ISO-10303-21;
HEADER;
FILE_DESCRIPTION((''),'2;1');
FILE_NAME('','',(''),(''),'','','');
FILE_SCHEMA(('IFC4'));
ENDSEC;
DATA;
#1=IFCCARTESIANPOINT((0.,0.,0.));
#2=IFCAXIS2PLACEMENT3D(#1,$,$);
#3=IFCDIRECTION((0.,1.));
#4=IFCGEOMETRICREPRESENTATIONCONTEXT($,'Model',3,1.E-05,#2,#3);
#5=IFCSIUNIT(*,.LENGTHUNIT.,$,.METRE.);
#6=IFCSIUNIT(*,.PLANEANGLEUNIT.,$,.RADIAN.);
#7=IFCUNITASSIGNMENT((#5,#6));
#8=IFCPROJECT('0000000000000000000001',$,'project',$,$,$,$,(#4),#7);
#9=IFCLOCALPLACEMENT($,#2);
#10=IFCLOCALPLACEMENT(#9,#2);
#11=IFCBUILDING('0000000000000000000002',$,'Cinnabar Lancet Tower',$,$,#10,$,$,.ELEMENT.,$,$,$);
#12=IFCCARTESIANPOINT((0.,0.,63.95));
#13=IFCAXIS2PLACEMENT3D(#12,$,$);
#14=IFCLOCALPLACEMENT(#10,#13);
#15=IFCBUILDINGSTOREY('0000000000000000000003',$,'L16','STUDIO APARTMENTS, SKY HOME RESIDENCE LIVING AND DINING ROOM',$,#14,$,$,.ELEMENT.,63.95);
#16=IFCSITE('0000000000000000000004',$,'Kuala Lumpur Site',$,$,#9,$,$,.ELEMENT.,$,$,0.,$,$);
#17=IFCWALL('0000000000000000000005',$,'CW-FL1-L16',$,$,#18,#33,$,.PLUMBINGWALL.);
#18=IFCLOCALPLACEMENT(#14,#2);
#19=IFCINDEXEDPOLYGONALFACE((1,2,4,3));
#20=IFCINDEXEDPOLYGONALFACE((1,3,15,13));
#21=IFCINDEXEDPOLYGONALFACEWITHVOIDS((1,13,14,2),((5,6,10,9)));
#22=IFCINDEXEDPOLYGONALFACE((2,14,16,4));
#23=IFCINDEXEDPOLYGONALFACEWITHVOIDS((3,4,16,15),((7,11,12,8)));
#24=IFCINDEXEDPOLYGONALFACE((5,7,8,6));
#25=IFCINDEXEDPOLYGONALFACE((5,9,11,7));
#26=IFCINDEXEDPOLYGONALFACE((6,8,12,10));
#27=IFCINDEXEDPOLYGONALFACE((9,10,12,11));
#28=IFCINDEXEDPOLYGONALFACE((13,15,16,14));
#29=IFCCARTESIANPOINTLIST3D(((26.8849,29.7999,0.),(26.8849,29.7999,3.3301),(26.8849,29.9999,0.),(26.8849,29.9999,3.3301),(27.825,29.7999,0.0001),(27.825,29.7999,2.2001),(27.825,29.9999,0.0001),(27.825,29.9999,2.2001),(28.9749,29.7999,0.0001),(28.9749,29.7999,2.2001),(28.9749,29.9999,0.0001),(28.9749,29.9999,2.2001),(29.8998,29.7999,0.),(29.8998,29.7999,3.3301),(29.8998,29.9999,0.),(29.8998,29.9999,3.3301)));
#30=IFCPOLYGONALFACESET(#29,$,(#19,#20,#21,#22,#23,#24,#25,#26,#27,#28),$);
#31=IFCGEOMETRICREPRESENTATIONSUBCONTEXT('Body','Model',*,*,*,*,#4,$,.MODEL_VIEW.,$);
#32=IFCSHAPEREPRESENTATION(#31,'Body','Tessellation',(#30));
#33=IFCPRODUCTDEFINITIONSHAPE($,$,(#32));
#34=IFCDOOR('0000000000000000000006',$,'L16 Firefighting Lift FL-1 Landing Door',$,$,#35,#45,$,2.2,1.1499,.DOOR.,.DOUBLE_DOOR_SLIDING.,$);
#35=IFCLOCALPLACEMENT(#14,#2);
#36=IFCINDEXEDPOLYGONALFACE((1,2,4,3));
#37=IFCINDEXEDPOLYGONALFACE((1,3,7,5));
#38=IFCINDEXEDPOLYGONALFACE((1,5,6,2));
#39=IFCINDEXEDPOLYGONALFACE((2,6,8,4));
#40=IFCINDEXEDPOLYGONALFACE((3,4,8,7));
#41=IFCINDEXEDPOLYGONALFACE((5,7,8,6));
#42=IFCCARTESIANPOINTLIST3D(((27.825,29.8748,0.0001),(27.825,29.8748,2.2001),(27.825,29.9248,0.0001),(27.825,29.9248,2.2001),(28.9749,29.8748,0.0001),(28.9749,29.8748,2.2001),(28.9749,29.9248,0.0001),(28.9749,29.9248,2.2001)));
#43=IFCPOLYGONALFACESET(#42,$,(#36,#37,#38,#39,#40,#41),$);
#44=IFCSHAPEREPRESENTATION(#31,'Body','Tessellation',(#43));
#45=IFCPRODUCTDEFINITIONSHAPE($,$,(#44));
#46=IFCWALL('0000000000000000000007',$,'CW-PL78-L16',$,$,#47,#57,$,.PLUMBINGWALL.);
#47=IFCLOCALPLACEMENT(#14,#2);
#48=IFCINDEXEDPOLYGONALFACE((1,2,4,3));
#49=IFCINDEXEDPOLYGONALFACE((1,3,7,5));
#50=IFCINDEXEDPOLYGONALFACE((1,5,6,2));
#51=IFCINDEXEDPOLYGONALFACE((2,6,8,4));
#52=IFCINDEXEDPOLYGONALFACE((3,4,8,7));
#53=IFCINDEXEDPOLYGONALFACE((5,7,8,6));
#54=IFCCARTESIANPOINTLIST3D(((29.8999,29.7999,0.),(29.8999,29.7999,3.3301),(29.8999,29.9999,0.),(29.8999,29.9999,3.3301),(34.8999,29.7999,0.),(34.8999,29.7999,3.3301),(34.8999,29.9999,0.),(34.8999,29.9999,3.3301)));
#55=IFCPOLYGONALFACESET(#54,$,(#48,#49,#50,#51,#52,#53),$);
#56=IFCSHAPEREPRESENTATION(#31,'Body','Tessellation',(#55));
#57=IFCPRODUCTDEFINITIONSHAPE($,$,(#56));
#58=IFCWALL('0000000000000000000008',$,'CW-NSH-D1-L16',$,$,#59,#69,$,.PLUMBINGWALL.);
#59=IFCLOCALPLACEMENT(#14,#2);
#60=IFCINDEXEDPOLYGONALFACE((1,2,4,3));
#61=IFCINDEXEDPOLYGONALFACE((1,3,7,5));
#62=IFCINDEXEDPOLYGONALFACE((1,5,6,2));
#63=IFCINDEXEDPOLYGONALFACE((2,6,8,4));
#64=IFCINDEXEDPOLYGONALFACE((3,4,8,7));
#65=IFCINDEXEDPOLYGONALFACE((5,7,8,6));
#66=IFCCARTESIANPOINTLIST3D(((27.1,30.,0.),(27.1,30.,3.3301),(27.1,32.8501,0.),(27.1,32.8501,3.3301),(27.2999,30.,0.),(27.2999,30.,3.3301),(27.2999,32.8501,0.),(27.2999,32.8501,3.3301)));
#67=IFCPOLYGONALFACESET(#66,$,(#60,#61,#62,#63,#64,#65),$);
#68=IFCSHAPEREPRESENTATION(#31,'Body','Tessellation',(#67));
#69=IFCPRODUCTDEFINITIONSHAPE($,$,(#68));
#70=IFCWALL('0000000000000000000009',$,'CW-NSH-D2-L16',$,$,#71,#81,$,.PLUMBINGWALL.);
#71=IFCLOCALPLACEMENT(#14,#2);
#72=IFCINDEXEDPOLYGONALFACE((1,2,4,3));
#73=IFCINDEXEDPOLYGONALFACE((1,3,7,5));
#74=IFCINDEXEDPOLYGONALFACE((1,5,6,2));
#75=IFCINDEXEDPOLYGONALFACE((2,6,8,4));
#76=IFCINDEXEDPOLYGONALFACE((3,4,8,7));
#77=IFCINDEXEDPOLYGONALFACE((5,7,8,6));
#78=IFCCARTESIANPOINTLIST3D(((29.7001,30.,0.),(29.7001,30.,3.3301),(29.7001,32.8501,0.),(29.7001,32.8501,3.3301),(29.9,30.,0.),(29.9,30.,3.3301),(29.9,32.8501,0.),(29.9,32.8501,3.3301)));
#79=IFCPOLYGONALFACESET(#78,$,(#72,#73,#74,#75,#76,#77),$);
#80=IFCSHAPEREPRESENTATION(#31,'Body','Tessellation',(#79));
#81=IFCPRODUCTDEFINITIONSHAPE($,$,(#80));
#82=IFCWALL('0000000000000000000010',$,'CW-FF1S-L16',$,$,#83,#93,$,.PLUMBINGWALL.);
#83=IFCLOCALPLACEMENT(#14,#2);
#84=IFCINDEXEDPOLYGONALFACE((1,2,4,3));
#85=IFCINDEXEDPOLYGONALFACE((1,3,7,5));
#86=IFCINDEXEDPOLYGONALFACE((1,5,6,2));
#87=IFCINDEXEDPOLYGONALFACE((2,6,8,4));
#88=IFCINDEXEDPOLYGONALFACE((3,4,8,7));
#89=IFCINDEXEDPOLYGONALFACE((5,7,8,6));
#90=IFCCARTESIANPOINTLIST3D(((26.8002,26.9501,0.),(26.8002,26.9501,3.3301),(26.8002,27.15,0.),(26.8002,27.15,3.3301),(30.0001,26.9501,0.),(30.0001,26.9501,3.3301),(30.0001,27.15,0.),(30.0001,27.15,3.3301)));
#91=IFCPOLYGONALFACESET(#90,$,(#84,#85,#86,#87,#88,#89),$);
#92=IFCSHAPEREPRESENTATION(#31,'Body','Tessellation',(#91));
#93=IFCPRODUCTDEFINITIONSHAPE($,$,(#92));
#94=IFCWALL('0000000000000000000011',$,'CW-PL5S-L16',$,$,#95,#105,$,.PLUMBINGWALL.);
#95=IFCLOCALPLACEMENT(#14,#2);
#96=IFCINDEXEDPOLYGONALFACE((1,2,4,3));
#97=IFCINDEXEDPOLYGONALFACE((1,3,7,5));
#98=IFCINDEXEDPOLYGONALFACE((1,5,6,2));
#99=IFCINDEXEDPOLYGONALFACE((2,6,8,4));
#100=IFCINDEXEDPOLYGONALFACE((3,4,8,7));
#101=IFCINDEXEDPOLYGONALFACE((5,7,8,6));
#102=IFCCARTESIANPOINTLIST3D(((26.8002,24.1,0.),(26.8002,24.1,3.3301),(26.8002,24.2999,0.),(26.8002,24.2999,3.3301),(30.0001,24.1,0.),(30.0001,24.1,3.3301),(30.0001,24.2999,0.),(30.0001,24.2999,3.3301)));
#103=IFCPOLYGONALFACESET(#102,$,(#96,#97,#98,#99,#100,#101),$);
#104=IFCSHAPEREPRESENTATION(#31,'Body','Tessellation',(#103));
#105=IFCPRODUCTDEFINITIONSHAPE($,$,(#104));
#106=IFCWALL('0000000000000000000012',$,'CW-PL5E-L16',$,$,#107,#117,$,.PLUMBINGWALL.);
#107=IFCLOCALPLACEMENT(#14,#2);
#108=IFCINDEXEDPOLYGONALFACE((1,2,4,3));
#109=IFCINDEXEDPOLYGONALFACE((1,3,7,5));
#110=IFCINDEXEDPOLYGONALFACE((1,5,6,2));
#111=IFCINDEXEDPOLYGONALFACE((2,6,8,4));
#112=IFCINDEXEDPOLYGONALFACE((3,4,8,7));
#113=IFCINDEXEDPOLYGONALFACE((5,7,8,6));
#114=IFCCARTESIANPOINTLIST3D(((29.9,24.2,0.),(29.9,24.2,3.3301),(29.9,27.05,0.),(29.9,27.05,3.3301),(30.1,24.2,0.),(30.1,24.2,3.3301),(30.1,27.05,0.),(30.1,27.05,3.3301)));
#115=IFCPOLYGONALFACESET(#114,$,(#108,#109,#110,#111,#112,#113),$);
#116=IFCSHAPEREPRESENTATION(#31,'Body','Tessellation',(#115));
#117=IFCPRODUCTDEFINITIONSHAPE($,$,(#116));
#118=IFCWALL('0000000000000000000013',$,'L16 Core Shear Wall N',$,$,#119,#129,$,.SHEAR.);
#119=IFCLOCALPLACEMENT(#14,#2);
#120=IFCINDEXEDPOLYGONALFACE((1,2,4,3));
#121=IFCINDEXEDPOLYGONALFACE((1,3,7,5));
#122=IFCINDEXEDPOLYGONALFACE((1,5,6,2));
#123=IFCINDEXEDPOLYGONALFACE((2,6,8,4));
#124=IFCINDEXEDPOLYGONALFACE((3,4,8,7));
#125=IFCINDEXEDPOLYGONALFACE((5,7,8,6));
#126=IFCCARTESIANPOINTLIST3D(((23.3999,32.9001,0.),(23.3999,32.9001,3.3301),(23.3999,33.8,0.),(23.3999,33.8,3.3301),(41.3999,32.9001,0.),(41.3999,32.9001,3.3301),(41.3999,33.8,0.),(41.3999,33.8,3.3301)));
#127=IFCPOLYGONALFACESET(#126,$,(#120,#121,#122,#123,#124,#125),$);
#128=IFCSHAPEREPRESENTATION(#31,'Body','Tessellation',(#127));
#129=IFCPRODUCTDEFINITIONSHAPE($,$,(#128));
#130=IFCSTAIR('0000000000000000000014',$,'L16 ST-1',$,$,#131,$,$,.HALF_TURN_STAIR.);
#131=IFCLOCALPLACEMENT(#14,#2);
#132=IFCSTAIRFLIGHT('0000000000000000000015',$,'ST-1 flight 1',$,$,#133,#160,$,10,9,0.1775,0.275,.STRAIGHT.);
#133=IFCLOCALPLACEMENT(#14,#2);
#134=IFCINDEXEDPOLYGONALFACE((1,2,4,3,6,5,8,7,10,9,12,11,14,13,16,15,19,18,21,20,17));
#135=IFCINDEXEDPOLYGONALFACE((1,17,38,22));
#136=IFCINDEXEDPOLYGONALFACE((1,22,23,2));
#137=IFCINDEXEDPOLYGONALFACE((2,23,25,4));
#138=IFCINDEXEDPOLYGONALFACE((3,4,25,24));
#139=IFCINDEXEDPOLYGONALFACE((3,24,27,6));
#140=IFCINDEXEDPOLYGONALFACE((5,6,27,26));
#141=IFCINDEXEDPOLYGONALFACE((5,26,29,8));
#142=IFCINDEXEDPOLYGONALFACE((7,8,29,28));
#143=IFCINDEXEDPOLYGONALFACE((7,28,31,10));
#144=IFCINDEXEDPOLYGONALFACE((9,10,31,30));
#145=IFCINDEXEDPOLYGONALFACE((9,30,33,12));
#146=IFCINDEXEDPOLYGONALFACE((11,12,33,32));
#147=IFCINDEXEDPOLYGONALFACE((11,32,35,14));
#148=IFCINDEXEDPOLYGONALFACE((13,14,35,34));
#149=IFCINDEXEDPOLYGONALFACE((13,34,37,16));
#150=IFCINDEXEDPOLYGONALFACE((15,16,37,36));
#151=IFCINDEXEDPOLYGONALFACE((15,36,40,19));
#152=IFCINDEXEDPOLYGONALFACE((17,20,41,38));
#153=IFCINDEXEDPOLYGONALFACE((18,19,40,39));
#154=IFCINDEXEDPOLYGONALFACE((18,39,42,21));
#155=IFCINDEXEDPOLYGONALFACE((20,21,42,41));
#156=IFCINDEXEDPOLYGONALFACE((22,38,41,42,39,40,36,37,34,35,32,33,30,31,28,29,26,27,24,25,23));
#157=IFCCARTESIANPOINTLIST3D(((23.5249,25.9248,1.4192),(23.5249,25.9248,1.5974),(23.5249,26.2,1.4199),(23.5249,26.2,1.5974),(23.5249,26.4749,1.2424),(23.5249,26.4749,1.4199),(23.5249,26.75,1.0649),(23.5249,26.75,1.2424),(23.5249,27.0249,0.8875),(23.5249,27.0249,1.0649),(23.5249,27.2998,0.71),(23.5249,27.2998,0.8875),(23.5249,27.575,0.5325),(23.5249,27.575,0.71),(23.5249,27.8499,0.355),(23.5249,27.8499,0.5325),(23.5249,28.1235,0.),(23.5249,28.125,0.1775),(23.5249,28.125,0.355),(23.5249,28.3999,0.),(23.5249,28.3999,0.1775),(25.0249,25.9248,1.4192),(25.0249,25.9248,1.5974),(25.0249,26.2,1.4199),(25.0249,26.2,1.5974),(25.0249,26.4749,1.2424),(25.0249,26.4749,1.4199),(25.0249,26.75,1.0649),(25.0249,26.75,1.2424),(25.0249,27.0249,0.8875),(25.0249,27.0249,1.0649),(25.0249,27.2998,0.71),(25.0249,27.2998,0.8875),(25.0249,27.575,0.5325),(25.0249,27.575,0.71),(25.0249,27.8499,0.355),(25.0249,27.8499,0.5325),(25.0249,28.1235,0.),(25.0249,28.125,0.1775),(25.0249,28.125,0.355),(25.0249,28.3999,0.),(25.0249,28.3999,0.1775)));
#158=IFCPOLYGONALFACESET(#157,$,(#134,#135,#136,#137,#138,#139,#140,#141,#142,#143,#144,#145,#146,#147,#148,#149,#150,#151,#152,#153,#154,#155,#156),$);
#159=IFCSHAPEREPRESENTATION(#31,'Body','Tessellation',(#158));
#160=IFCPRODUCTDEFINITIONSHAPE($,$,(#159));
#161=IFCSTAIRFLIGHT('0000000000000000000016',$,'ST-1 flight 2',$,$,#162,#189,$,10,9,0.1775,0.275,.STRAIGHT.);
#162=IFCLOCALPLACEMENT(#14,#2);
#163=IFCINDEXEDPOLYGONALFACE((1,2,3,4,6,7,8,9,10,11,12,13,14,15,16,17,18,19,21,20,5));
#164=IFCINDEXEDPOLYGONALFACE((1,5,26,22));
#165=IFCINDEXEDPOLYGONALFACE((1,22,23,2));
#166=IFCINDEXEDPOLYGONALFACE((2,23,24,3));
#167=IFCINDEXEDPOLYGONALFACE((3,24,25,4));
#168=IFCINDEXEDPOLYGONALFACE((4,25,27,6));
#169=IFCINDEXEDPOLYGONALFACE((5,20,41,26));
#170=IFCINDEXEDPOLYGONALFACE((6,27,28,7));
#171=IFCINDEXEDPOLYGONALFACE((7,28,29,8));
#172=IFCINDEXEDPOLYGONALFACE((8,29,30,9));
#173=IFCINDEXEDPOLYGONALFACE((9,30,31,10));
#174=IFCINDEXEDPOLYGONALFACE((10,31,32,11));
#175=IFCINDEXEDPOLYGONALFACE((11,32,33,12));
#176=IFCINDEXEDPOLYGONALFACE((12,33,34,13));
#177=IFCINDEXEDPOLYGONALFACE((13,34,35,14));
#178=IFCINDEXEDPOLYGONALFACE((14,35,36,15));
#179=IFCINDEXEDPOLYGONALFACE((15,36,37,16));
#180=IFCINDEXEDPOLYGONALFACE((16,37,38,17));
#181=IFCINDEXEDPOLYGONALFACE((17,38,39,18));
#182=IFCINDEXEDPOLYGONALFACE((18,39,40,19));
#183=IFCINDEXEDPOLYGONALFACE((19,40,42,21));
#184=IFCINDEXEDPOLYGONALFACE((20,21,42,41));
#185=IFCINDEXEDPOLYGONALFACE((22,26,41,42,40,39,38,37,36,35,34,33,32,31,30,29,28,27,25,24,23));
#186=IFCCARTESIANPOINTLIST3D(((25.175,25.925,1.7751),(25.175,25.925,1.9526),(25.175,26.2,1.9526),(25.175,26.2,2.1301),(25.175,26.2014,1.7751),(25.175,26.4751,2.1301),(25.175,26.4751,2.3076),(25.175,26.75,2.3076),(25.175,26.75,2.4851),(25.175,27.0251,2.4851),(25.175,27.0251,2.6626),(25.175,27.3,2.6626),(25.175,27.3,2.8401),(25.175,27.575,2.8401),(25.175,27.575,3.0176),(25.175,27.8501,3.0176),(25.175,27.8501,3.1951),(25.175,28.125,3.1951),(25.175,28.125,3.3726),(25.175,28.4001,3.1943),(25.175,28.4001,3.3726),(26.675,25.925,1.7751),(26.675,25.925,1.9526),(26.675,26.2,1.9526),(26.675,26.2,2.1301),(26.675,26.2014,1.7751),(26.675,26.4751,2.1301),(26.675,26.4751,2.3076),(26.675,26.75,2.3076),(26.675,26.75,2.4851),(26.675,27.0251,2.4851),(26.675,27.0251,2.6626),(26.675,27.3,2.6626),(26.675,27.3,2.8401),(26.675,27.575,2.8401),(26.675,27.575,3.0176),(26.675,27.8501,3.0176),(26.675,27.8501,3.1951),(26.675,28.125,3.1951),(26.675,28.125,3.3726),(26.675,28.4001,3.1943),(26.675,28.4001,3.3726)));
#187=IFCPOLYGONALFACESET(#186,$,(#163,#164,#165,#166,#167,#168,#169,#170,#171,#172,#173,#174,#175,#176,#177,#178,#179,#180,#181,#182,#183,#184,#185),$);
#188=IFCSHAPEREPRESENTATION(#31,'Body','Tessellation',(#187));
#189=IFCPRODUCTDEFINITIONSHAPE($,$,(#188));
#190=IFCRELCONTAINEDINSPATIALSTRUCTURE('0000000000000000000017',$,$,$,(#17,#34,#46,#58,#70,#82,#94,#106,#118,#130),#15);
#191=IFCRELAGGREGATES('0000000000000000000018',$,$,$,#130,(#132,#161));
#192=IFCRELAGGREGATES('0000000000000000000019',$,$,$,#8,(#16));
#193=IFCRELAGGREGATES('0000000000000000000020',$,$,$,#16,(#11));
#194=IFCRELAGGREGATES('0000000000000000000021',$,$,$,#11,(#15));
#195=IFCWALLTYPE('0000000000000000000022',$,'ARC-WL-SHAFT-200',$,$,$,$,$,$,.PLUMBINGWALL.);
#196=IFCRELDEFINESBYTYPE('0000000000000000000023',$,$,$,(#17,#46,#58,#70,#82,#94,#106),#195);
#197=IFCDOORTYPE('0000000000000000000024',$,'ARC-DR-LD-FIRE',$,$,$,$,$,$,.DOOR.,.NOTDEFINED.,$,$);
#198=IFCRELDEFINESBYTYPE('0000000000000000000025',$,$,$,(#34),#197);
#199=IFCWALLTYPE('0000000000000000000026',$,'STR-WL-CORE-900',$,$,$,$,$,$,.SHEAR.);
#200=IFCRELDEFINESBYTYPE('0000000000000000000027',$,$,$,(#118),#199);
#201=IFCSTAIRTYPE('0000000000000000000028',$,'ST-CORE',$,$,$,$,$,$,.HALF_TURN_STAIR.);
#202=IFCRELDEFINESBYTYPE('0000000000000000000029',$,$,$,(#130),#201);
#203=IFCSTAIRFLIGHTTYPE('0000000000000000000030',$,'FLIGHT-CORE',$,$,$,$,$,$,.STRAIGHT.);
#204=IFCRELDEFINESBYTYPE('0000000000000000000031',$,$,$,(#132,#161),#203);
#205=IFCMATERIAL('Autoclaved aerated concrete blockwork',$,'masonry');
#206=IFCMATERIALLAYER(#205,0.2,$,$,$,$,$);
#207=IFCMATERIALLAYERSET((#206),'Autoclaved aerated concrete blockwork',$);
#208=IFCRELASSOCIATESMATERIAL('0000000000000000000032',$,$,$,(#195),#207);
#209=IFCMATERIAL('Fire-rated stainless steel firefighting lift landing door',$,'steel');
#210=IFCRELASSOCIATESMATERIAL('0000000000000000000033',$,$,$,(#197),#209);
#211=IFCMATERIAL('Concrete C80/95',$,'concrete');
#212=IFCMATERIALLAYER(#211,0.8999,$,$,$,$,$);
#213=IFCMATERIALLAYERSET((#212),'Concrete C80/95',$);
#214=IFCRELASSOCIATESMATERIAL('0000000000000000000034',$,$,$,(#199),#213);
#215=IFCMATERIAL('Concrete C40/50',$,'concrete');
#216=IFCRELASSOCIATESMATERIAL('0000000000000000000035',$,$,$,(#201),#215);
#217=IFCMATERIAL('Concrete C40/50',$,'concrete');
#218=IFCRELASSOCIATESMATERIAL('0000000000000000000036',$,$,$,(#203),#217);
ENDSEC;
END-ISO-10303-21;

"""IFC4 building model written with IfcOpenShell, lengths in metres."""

from ifc_helpers import new_model, si_unit, direction, frame, frame_2d, origin, place, context, subcontext, project, spatial, polyline, rectangle, outline, extrude, material, layer, layer_set, type_object, element, fill, aggregate, save


model = new_model("IFC4")

# Units and contexts
model_context = context("Model", 3, precision=1e-05, world=origin(), true_north=direction((0.0, 1.0)))
body_context = subcontext(model_context, "Body", "Model", "MODEL_VIEW")
ifc_project = project(units=[si_unit("LENGTHUNIT", "METRE"), si_unit("PLANEANGLEUNIT", "RADIAN")], contexts=[model_context])

# Site, building, storey
site_placement = place(None, origin())
site = spatial("IfcSite", under=ifc_project, at=site_placement, Name="Kuala Lumpur Site", CompositionType="ELEMENT", RefElevation=0.0)
building_placement = place(site_placement, origin())
building = spatial("IfcBuilding", under=site, at=building_placement, Name="Cinnabar Lancet Tower", CompositionType="ELEMENT")
storey_placement = place(building_placement, frame((0.0, 0.0, 63.95)))
storey = spatial("IfcBuildingStorey", under=building, at=storey_placement, Name="L16", Description="STUDIO APARTMENTS, SKY HOME RESIDENCE LIVING AND DINING ROOM", CompositionType="ELEMENT", Elevation=63.95)

# Wall, opening, door
ifc_material_1 = material(Name="Autoclaved aerated concrete blockwork", Category="masonry")
ifc_layer_1 = layer(ifc_material_1, 0.2)
ifc_layer_set_1 = layer_set([ifc_layer_1], Name="Autoclaved aerated concrete blockwork")
wall_type_1 = type_object("IfcWallType", Name="ARC-WL-SHAFT-200", PredefinedType="PLUMBINGWALL", material=ifc_layer_set_1)
wall_1_placement = place(storey_placement, frame((26.885, 29.8999, 0.0), z_axis=(0.0, 0.0, 1.0), x_axis=(1.0, 0.0, 0.0)))
wall_1 = element("IfcWall", 1, at=wall_1_placement, inside=storey, type_object=wall_type_1, Name="CW-FL1-L16", PredefinedType="PLUMBINGWALL", context=body_context, shape_type="SweptSolid", body=[
    extrude(rectangle(XDim=3.0149, YDim=0.2, at=frame_2d((1.5073, 0.0))), origin(), (0.0, 0.0, 1.0), 3.3301),
])
opening_1_placement = place(wall_1_placement, frame((0.9399, 0.0, 0.0)))
opening_1 = element("IfcOpeningElement", 2, at=opening_1_placement, cuts=wall_1, PredefinedType="OPENING", context=body_context, shape_type="SweptSolid", body=[
    extrude(rectangle(XDim=1.1499, YDim=2.2, at=frame_2d((0.575, 1.1001))), frame((0.0, 0.1099, 0.0), z_axis=(0.0, -1.0, 0.0), x_axis=(1.0, 0.0, 0.0)), (0.0, 0.0, 1.0), 0.22),
])
ifc_material_2 = material(Name="Fire-rated stainless steel firefighting lift landing door", Category="steel")
door_type_1 = type_object("IfcDoorType", Name="ARC-DR-LD-FIRE", OperationType="NOTDEFINED", PredefinedType="DOOR", material=ifc_material_2)
door_1_placement = place(opening_1_placement, origin())
door_1 = element("IfcDoor", 3, at=door_1_placement, inside=storey, type_object=door_type_1, Name="L16 Firefighting Lift FL-1 Landing Door", OperationType="DOUBLE_DOOR_SLIDING", OverallHeight=2.2, OverallWidth=1.1499, PredefinedType="DOOR", context=body_context, shape_type="SweptSolid", body=[
    extrude(rectangle(XDim=1.1499, YDim=2.2, at=frame_2d((0.575, 1.1001))), frame((0.0, 0.0249, 0.0), z_axis=(0.0, -1.0, 0.0), x_axis=(1.0, 0.0, 0.0)), (0.0, 0.0, 1.0), 0.05),
])
fill(opening_1, door_1)

# Walls
wall_2_placement = place(storey_placement, frame((29.8999, 29.8999, 0.0), z_axis=(0.0, 0.0, 1.0), x_axis=(1.0, 0.0, 0.0)))
element("IfcWall", 4, at=wall_2_placement, inside=storey, type_object=wall_type_1, Name="CW-PL78-L16", PredefinedType="PLUMBINGWALL", context=body_context, shape_type="SweptSolid", body=[
    extrude(rectangle(XDim=5.0, YDim=0.2, at=frame_2d((2.5, 0.0))), origin(), (0.0, 0.0, 1.0), 3.3301),
])
for number, where, z_axis, x_axis, name in (
    (5, (27.2, 30.0, 0.0), (0.0, 0.0, 1.0), (0.0, 1.0, 0.0), "CW-NSH-D1-L16"),
    (6, (29.8, 30.0, 0.0), (0.0, 0.0, 1.0), (0.0, 1.0, 0.0), "CW-NSH-D2-L16"),
):
    element("IfcWall", number, at=place(storey_placement, frame(where, z_axis=z_axis, x_axis=x_axis)), inside=storey, type_object=wall_type_1, Name=name, PredefinedType="PLUMBINGWALL", context=body_context, shape_type="SweptSolid", body=[
        extrude(rectangle(XDim=2.8501, YDim=0.2, at=frame_2d((1.425, 0.0))), origin(), (0.0, 0.0, 1.0), 3.3301),
    ])

# Walls
for number, where, z_axis, x_axis, name in (
    (7, (26.8, 27.05, 0.0), (0.0, 0.0, 1.0), (1.0, 0.0, 0.0), "CW-FF1S-L16"),
    (8, (26.8, 24.2, 0.0), (0.0, 0.0, 1.0), (1.0, 0.0, 0.0), "CW-PL5S-L16"),
):
    element("IfcWall", number, at=place(storey_placement, frame(where, z_axis=z_axis, x_axis=x_axis)), inside=storey, type_object=wall_type_1, Name=name, PredefinedType="PLUMBINGWALL", context=body_context, shape_type="SweptSolid", body=[
        extrude(rectangle(XDim=3.2, YDim=0.2, at=frame_2d((1.6001, 0.0))), origin(), (0.0, 0.0, 1.0), 3.3301),
    ])
wall_3_placement = place(storey_placement, frame((30.0, 24.2, 0.0), z_axis=(0.0, 0.0, 1.0), x_axis=(0.0, 1.0, 0.0)))
element("IfcWall", 9, at=wall_3_placement, inside=storey, type_object=wall_type_1, Name="CW-PL5E-L16", PredefinedType="PLUMBINGWALL", context=body_context, shape_type="SweptSolid", body=[
    extrude(rectangle(XDim=2.8501, YDim=0.2, at=frame_2d((1.425, 0.0))), origin(), (0.0, 0.0, 1.0), 3.3301),
])
ifc_material_3 = material(Name="Concrete C80/95", Category="concrete")
ifc_layer_2 = layer(ifc_material_3, 0.8999)
ifc_layer_set_2 = layer_set([ifc_layer_2], Name="Concrete C80/95")
wall_type_2 = type_object("IfcWallType", Name="STR-WL-CORE-900", PredefinedType="SHEAR", material=ifc_layer_set_2)
wall_4_placement = place(storey_placement, frame((23.3999, 33.3501, 0.0), z_axis=(0.0, 0.0, 1.0), x_axis=(1.0, 0.0, 0.0)))
element("IfcWall", 10, at=wall_4_placement, inside=storey, type_object=wall_type_2, Name="L16 Core Shear Wall N", PredefinedType="SHEAR", context=body_context, shape_type="SweptSolid", body=[
    extrude(rectangle(XDim=18.0, YDim=0.8999, at=frame_2d((9.0, 0.0))), origin(), (0.0, 0.0, 1.0), 3.3301),
])

# Stair, stair flights
ifc_material_4 = material(Name="Concrete C40/50", Category="concrete")
stair_type = type_object("IfcStairType", Name="ST-CORE", PredefinedType="HALF_TURN_STAIR", material=ifc_material_4)
stair_placement = place(storey_placement, origin())
stair = element("IfcStair", 11, at=stair_placement, inside=storey, type_object=stair_type, Name="L16 ST-1", PredefinedType="HALF_TURN_STAIR")
ifc_material_5 = material(Name="Concrete C40/50", Category="concrete")
stair_flight_type = type_object("IfcStairFlightType", Name="FLIGHT-CORE", PredefinedType="STRAIGHT", material=ifc_material_5)
stair_flight_1_placement = place(storey_placement, frame((24.2749, 28.3999, 0.0), z_axis=(0.0, 0.0, 1.0), x_axis=(0.0, -1.0, 0.0)))
stair_flight_1 = element("IfcStairFlight", 12, at=stair_flight_1_placement, type_object=stair_flight_type, Name="ST-1 flight 1", NumberOfRisers=10, NumberOfTreads=9, PredefinedType="STRAIGHT", RiserHeight=0.1775, TreadLength=0.275, context=body_context, shape_type="SweptSolid", body=[
    extrude(outline(polyline([(0.0, 0.0), (0.0, 0.1775), (0.2749, 0.1775), (0.2749, 0.355), (0.55, 0.355), (0.55, 0.5325), (0.825, 0.5325), (0.825, 0.71), (1.1001, 0.71), (1.1001, 0.8875), (1.375, 0.8875), (1.375, 1.0649), (1.6499, 1.0649), (1.6499, 1.2424), (1.925, 1.2424), (1.925, 1.4199), (2.2, 1.4199), (2.2, 1.5974), (2.4751, 1.5974), (2.4751, 1.7749), (2.4751, 1.4192), (0.2764, 0.0), (0.0, 0.0)])), frame((0.0, 0.75, 0.0), z_axis=(0.0, -1.0, 0.0), x_axis=(1.0, 0.0, 0.0)), (0.0, 0.0, 1.0), 1.5),
])
stair_flight_2_placement = place(storey_placement, frame((25.925, 25.925, 1.7751), z_axis=(0.0, 0.0, 1.0), x_axis=(0.0, 1.0, 0.0)))
stair_flight_2 = element("IfcStairFlight", 13, at=stair_flight_2_placement, type_object=stair_flight_type, Name="ST-1 flight 2", NumberOfRisers=10, NumberOfTreads=9, PredefinedType="STRAIGHT", RiserHeight=0.1775, TreadLength=0.275, context=body_context, shape_type="SweptSolid", body=[
    extrude(outline(polyline([(0.0, 0.0), (0.0, 0.1775), (0.2749, 0.1775), (0.2749, 0.355), (0.55, 0.355), (0.55, 0.5325), (0.825, 0.5325), (0.825, 0.71), (1.1001, 0.71), (1.1001, 0.8875), (1.375, 0.8875), (1.375, 1.0649), (1.6499, 1.0649), (1.6499, 1.2424), (1.925, 1.2424), (1.925, 1.4199), (2.2, 1.4199), (2.2, 1.5974), (2.4751, 1.5974), (2.4751, 1.7749), (2.4751, 1.4192), (0.2764, 0.0), (0.0, 0.0)])), frame((0.0, 0.75, 0.0), z_axis=(0.0, -1.0, 0.0), x_axis=(1.0, 0.0, 0.0)), (0.0, 0.0, 1.0), 1.5),
])
aggregate(stair, [stair_flight_1, stair_flight_2])

save(model, "model.ifc")
